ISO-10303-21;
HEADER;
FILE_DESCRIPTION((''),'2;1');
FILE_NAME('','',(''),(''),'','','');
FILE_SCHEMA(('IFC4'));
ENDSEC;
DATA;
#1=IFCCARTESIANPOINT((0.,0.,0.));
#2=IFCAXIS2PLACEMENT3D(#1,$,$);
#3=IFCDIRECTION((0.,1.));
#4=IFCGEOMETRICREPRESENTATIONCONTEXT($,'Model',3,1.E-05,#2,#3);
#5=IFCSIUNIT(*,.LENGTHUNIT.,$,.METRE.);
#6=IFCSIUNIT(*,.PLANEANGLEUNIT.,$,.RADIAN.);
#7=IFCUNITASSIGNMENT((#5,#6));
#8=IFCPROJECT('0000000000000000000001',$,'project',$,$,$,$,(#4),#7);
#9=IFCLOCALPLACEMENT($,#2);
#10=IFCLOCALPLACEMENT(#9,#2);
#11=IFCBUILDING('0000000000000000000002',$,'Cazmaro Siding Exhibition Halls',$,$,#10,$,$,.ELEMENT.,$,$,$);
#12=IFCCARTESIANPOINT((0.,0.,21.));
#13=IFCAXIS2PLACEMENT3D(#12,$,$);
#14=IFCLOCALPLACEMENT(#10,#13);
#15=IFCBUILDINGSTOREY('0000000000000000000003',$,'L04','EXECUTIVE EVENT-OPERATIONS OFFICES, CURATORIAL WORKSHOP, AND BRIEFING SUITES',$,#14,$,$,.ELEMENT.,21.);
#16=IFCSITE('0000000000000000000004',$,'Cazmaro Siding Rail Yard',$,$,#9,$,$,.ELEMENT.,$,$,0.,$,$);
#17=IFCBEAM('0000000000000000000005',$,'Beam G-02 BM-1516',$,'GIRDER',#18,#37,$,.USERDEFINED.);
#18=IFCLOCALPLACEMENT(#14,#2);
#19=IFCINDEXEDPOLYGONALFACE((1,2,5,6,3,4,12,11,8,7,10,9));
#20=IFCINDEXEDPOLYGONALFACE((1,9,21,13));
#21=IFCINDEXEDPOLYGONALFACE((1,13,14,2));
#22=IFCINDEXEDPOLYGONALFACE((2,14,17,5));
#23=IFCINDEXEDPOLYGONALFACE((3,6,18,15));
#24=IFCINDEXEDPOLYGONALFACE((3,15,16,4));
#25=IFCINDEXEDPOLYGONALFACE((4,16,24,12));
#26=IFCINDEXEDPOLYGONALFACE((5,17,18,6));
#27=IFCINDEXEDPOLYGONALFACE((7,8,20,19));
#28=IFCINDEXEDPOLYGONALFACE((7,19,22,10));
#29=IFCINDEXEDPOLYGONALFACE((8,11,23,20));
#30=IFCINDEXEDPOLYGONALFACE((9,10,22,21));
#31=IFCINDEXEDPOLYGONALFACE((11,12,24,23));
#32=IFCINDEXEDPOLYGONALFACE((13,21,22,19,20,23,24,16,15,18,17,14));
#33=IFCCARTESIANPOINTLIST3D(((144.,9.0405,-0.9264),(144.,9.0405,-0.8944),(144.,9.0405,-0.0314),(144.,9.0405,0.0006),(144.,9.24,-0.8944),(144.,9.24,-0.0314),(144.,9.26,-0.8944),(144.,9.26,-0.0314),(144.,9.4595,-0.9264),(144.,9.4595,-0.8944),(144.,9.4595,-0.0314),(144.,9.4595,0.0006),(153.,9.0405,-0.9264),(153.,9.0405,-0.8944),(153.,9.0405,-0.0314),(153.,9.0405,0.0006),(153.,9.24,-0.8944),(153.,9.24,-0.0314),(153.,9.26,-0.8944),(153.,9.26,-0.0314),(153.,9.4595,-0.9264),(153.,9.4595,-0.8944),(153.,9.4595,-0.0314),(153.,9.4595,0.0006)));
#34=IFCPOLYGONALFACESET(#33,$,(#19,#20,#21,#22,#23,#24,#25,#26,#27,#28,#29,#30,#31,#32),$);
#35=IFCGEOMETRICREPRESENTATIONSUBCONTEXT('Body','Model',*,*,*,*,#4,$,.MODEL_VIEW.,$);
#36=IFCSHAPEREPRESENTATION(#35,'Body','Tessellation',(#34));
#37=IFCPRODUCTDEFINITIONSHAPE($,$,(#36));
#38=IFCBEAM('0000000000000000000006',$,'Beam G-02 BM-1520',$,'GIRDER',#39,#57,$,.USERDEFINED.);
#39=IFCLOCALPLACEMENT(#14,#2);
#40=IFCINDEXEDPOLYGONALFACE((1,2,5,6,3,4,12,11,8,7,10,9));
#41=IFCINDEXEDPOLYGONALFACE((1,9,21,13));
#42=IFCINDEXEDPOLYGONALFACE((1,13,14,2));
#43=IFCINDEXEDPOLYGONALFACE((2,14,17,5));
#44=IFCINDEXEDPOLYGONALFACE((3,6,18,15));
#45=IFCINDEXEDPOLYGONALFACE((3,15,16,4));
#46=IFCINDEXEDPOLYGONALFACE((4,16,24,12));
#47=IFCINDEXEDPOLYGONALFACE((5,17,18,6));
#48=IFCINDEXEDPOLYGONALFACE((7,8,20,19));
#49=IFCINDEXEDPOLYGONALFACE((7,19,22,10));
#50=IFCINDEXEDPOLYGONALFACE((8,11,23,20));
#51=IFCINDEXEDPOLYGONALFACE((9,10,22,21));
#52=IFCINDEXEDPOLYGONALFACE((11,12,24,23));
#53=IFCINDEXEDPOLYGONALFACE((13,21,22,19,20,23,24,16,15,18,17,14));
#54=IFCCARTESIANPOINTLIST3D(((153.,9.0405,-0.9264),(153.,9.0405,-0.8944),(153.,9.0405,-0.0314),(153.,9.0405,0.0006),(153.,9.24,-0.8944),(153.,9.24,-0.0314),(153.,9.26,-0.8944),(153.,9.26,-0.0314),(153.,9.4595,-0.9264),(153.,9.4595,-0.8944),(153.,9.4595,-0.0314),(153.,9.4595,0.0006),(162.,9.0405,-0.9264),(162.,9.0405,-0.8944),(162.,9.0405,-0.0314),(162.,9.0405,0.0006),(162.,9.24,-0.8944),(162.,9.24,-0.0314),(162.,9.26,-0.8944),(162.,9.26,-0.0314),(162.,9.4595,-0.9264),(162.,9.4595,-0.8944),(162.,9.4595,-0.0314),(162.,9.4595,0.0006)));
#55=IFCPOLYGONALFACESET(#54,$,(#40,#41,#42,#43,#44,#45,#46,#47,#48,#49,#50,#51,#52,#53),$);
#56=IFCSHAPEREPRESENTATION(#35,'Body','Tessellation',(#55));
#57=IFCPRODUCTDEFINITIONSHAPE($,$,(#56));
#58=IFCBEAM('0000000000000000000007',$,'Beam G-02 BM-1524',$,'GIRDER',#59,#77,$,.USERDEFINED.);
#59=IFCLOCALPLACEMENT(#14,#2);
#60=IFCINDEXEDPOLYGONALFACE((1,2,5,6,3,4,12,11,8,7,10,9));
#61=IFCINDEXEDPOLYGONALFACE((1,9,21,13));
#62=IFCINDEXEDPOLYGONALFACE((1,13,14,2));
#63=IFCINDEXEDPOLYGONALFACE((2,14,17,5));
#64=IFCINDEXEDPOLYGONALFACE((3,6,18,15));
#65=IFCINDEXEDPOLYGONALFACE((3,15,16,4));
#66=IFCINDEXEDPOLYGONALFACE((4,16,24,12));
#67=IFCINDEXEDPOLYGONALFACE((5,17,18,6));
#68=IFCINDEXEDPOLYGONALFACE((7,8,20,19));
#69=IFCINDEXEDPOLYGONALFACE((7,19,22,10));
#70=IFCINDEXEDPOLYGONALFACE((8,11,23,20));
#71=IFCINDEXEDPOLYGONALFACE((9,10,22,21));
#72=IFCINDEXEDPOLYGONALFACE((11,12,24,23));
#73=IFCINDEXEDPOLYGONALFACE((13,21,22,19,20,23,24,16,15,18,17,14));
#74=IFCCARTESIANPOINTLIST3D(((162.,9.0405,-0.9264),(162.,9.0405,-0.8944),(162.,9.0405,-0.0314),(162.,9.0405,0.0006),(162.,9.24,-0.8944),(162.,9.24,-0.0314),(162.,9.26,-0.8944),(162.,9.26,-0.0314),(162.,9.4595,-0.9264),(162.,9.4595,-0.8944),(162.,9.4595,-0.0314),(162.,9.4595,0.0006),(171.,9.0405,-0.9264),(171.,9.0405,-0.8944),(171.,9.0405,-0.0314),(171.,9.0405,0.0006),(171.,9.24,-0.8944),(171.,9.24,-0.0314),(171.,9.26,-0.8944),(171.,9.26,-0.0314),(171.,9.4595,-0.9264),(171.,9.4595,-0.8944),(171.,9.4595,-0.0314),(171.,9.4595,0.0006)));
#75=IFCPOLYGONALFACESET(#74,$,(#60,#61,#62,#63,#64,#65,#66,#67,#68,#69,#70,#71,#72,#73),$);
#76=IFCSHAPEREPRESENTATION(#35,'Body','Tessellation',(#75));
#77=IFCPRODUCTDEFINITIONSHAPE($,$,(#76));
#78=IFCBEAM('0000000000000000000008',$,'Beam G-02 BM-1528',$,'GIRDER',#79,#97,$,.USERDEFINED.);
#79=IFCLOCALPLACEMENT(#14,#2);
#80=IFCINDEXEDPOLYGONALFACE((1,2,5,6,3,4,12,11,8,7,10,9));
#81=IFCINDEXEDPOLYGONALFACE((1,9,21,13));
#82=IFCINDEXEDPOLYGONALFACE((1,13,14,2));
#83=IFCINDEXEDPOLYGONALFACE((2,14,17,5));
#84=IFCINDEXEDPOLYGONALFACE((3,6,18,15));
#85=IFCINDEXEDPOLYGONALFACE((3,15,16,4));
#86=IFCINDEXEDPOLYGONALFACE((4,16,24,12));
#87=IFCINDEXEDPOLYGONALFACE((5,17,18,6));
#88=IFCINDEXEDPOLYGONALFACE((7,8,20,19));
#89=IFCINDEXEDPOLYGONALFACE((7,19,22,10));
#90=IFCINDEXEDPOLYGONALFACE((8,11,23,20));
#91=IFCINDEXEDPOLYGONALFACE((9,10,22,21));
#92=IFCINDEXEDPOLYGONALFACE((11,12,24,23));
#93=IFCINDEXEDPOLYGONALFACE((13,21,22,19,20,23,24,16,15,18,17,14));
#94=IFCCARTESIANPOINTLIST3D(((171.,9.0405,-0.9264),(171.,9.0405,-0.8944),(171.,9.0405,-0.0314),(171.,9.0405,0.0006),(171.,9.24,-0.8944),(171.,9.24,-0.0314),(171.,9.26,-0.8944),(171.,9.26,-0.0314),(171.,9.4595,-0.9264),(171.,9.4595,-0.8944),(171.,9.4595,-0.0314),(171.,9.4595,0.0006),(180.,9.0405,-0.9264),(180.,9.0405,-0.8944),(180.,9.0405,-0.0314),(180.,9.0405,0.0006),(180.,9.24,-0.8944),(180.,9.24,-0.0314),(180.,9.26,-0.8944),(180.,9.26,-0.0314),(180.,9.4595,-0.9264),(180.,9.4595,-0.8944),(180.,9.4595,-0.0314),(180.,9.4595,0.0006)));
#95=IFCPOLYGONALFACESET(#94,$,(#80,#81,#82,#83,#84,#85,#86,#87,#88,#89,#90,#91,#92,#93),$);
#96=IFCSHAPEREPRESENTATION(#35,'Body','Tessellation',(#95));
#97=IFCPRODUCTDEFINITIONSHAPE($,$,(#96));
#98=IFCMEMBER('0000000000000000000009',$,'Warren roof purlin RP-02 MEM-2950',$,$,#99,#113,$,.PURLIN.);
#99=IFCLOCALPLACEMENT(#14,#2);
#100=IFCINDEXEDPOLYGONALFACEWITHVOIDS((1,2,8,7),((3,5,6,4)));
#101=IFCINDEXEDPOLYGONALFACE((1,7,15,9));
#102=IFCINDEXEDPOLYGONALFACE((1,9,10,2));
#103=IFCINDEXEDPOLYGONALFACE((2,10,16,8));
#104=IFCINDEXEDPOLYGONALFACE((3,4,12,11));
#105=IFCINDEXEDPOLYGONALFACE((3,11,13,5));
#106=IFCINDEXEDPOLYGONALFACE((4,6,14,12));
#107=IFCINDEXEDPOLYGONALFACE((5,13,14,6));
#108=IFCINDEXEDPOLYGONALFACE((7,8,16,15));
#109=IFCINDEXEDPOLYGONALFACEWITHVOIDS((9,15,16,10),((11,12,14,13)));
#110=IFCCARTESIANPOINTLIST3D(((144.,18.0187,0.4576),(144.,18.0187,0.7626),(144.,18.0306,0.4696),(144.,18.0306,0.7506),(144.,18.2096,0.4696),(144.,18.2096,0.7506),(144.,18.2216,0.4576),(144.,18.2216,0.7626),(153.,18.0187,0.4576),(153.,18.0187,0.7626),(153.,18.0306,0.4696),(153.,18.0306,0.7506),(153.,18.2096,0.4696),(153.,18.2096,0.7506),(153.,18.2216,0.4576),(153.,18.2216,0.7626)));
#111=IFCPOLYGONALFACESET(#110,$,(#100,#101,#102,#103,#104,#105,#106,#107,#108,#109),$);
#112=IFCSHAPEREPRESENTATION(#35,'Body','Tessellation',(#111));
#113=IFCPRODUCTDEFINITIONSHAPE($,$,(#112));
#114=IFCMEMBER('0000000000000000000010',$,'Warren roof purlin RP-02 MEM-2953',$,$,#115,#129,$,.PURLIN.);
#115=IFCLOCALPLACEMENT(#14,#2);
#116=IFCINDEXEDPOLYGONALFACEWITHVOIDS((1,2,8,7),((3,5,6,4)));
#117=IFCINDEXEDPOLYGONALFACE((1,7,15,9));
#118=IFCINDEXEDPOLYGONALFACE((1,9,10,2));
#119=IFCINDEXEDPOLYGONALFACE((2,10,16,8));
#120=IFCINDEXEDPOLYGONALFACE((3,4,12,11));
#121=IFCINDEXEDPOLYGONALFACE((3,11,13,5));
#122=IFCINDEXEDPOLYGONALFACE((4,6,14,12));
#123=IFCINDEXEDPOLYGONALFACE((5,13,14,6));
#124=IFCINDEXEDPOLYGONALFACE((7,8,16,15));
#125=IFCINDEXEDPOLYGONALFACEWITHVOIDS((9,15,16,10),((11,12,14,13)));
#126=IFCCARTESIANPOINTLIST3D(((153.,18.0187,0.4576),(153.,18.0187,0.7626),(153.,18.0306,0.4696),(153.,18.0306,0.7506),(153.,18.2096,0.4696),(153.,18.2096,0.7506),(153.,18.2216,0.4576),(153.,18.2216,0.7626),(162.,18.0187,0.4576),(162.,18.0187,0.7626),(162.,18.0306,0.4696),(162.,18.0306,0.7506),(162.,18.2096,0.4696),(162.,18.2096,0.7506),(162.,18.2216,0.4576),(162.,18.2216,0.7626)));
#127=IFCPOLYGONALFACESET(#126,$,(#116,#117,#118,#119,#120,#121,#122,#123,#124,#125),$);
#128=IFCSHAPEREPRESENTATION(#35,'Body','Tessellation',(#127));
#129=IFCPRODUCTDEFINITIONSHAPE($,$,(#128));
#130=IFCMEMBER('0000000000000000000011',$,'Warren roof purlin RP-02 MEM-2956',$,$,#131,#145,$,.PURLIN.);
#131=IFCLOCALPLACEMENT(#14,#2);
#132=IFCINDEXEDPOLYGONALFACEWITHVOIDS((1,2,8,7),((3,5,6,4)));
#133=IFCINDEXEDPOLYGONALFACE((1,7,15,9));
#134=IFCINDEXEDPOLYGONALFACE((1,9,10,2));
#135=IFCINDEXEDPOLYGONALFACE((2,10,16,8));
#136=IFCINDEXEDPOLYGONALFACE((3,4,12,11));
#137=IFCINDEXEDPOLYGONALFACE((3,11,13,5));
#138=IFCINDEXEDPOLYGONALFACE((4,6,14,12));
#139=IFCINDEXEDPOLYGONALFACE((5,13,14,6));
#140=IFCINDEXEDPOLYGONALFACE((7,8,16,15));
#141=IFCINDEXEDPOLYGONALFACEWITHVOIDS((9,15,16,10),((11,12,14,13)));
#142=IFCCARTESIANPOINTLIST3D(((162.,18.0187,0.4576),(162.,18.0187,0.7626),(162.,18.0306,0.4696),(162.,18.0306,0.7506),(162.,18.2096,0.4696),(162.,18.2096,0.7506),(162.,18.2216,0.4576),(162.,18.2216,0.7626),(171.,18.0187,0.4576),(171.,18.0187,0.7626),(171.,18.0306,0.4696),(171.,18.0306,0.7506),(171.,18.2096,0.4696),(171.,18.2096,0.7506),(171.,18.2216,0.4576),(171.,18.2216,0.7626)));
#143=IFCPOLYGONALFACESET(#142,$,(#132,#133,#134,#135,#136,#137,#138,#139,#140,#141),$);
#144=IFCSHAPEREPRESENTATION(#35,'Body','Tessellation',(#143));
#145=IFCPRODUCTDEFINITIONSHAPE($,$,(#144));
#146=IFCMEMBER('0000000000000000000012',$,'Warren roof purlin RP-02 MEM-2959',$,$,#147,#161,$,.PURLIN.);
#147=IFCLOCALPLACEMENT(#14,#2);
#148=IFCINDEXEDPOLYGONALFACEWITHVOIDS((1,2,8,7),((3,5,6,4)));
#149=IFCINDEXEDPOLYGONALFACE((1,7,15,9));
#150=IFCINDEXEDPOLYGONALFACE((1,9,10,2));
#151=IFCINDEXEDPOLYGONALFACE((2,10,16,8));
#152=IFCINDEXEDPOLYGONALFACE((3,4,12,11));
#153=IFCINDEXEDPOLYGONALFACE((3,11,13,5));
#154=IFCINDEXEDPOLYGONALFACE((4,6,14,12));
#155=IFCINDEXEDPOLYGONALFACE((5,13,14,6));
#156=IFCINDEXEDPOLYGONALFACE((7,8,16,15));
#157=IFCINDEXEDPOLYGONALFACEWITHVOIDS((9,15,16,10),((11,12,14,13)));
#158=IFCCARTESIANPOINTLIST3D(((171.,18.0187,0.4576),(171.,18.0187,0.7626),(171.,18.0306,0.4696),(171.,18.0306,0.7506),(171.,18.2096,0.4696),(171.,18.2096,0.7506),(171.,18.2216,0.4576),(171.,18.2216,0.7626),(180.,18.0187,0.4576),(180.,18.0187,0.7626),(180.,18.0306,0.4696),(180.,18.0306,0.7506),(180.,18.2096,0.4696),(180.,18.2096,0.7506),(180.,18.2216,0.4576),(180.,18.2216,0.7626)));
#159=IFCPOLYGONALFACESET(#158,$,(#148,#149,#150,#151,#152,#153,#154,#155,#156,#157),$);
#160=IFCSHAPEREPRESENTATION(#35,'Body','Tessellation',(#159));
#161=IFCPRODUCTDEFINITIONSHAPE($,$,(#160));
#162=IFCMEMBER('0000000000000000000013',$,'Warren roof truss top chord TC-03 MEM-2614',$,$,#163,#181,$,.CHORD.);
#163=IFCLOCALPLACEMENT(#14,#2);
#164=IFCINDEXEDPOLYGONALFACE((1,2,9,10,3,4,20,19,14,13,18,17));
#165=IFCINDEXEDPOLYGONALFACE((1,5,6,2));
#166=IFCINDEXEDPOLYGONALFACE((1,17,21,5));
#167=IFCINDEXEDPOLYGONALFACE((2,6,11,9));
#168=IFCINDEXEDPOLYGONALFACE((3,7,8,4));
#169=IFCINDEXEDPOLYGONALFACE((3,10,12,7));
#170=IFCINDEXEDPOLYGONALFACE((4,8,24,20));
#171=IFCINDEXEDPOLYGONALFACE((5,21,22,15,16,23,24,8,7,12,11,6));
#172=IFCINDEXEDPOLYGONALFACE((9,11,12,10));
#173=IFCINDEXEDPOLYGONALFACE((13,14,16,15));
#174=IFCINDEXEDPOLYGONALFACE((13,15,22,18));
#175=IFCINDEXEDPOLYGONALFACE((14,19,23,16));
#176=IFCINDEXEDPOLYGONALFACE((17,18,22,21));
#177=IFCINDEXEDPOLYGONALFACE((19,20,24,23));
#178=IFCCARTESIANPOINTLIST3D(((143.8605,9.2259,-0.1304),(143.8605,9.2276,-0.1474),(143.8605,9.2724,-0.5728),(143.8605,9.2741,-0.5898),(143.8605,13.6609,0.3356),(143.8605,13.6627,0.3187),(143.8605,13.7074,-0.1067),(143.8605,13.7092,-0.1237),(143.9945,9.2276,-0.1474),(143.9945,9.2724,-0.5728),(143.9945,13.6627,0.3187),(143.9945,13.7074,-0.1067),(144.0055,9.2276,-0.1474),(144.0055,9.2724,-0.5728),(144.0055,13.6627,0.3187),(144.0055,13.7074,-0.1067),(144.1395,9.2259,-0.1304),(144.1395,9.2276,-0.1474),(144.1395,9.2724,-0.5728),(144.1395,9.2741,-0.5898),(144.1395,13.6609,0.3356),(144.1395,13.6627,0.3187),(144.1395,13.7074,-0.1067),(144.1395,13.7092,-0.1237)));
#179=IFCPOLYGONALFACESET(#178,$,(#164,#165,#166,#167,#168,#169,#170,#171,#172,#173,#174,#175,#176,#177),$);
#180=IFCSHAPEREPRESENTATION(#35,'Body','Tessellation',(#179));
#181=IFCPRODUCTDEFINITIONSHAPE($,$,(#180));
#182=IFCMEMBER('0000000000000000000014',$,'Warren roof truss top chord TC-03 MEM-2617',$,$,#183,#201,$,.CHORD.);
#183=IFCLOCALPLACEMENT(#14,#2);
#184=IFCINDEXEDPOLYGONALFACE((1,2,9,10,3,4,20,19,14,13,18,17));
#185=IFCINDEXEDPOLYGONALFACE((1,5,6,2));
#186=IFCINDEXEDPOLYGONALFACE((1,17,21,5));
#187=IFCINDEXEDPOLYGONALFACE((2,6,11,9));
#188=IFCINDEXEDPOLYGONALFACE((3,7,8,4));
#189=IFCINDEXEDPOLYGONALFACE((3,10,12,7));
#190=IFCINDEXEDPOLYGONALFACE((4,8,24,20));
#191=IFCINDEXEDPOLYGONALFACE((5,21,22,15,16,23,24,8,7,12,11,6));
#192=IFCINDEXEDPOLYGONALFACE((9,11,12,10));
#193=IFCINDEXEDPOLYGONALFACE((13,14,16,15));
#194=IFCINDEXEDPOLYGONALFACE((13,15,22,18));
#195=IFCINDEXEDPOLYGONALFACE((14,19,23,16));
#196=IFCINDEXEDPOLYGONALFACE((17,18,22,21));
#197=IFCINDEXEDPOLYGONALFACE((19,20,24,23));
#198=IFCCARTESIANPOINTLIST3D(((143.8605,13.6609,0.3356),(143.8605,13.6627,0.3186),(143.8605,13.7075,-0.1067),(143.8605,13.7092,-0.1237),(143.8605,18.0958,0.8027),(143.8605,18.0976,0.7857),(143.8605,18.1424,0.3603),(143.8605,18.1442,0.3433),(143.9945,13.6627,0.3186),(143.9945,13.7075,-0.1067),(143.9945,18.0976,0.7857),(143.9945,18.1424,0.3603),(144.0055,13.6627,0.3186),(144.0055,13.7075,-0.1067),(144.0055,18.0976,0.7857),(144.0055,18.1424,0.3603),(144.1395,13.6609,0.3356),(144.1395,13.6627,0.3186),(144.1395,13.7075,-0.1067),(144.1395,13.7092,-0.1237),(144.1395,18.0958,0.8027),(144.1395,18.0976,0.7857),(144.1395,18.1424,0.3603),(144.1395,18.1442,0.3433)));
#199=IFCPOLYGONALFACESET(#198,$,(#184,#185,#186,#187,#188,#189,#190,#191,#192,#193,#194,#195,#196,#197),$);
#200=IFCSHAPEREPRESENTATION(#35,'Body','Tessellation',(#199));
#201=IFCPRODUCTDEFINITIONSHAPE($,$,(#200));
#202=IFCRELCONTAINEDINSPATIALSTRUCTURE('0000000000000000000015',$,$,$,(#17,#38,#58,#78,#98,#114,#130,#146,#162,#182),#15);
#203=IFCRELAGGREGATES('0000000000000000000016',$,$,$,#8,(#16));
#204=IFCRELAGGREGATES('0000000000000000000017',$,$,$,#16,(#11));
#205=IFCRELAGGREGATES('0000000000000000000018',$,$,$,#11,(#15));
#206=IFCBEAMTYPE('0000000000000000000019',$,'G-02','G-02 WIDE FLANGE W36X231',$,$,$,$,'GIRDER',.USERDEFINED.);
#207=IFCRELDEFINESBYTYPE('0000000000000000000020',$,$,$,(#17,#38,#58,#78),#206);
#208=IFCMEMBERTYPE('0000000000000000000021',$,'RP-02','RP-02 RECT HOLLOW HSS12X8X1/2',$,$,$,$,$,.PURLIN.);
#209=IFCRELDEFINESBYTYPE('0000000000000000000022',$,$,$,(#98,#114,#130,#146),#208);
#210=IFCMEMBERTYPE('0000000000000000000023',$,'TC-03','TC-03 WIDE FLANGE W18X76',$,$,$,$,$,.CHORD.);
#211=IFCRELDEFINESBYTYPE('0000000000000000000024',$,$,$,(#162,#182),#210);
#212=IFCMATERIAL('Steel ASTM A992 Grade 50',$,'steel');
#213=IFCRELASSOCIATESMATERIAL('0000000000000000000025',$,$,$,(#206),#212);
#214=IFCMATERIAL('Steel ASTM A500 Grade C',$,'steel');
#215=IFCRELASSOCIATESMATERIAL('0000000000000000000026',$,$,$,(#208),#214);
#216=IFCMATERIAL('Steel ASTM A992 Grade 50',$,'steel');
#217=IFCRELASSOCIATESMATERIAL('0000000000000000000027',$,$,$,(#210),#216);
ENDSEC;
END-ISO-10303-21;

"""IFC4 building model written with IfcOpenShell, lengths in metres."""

from ifc_helpers import new_model, si_unit, direction, frame, origin, origin_2d, place, context, subcontext, project, spatial, hollow_rectangle, i_section, extrude, material, material_profile, profile_set, type_object, element, save


model = new_model("IFC4")

# Units and contexts
model_context = context("Model", 3, precision=1e-05, world=origin(), true_north=direction((0.0, 1.0)))
body_context = subcontext(model_context, "Body", "Model", "MODEL_VIEW")
ifc_project = project(units=[si_unit("LENGTHUNIT", "METRE"), si_unit("PLANEANGLEUNIT", "RADIAN")], contexts=[model_context])

# Site, building, storey
site_placement = place(None, origin())
site = spatial("IfcSite", under=ifc_project, at=site_placement, Name="Cazmaro Siding Rail Yard", CompositionType="ELEMENT", RefElevation=0.0)
building_placement = place(site_placement, origin())
building = spatial("IfcBuilding", under=site, at=building_placement, Name="Cazmaro Siding Exhibition Halls", CompositionType="ELEMENT")
storey_placement = place(building_placement, frame((0.0, 0.0, 21.0)))
storey = spatial("IfcBuildingStorey", under=building, at=storey_placement, Name="L04", Description="EXECUTIVE EVENT-OPERATIONS OFFICES, CURATORIAL WORKSHOP, AND BRIEFING SUITES", CompositionType="ELEMENT", Elevation=21.0)

# Beams
ifc_material_1 = material(Name="Steel ASTM A992 Grade 50", Category="steel")
ifc_material_profile_1 = material_profile(ifc_material_1, i_section(OverallWidth=0.4189, OverallDepth=0.927, WebThickness=0.02, FlangeThickness=0.032, at=origin_2d()), Name="W36X231")
ifc_profile_set_1 = profile_set([ifc_material_profile_1], Name="Steel ASTM A992 Grade 50")
beam_type = type_object("IfcBeamType", Name="G-02", Description="G-02 WIDE FLANGE W36X231", ElementType="GIRDER", PredefinedType="USERDEFINED", material=ifc_profile_set_1)
for number, where, z_axis, x_axis, name in (
    (1, (144.0, 9.25, -0.4629), (1.0, 0.0, 0.0), (0.0, 1.0, 0.0), "Beam G-02 BM-1516"),
    (2, (153.0, 9.25, -0.4629), (1.0, 0.0, 0.0), (0.0, 1.0, 0.0), "Beam G-02 BM-1520"),
    (3, (162.0, 9.25, -0.4629), (1.0, 0.0, 0.0), (0.0, 1.0, 0.0), "Beam G-02 BM-1524"),
    (4, (171.0, 9.25, -0.4629), (1.0, 0.0, 0.0), (0.0, 1.0, 0.0), "Beam G-02 BM-1528"),
):
    element("IfcBeam", number, at=place(storey_placement, frame(where, z_axis=z_axis, x_axis=x_axis)), inside=storey, type_object=beam_type, Name=name, ObjectType="GIRDER", PredefinedType="USERDEFINED", context=body_context, shape_type="SweptSolid", body=[
        extrude(i_section(OverallWidth=0.4189, OverallDepth=0.927, WebThickness=0.02, FlangeThickness=0.032, at=origin_2d()), origin(), (0.0, 0.0, 1.0), 9.0),
    ])

# Members
ifc_material_2 = material(Name="Steel ASTM A500 Grade C", Category="steel")
ifc_material_profile_2 = material_profile(ifc_material_2, hollow_rectangle(XDim=0.2029, YDim=0.3049, WallThickness=0.012, at=origin_2d()), Name="HSS12X8X1/2")
ifc_profile_set_2 = profile_set([ifc_material_profile_2], Name="Steel ASTM A500 Grade C")
member_type_1 = type_object("IfcMemberType", Name="RP-02", Description="RP-02 RECT HOLLOW HSS12X8X1/2", PredefinedType="PURLIN", material=ifc_profile_set_2)
for number, where, z_axis, x_axis, name in (
    (5, (144.0, 18.1201, 0.6101), (1.0, 0.0, 0.0), (0.0, 1.0, 0.0), "Warren roof purlin RP-02 MEM-2950"),
    (6, (153.0, 18.1201, 0.6101), (1.0, 0.0, 0.0), (0.0, 1.0, 0.0), "Warren roof purlin RP-02 MEM-2953"),
    (7, (162.0, 18.1201, 0.6101), (1.0, 0.0, 0.0), (0.0, 1.0, 0.0), "Warren roof purlin RP-02 MEM-2956"),
    (8, (171.0, 18.1201, 0.6101), (1.0, 0.0, 0.0), (0.0, 1.0, 0.0), "Warren roof purlin RP-02 MEM-2959"),
):
    element("IfcMember", number, at=place(storey_placement, frame(where, z_axis=z_axis, x_axis=x_axis)), inside=storey, type_object=member_type_1, Name=name, PredefinedType="PURLIN", context=body_context, shape_type="SweptSolid", body=[
        extrude(hollow_rectangle(XDim=0.2029, YDim=0.3049, WallThickness=0.012, at=origin_2d()), origin(), (0.0, 0.0, 1.0), 9.0),
    ])
ifc_material_3 = material(Name="Steel ASTM A992 Grade 50", Category="steel")
ifc_material_profile_3 = material_profile(ifc_material_3, i_section(OverallWidth=0.2791, OverallDepth=0.4619, WebThickness=0.011, FlangeThickness=0.0171, at=origin_2d()), Name="W18X76")
ifc_profile_set_3 = profile_set([ifc_material_profile_3], Name="Steel ASTM A992 Grade 50")
member_type_2 = type_object("IfcMemberType", Name="TC-03", Description="TC-03 WIDE FLANGE W18X76", PredefinedType="CHORD", material=ifc_profile_set_3)
for number, where, z_axis, x_axis, name in (
    (9, (144.0, 9.25, -0.3601), (0.0, 0.994524, 0.104511), (-1.0, 0.0, 0.0), "Warren roof truss top chord TC-03 MEM-2614"),
    (10, (144.0, 13.6851, 0.106), (0.0, 0.994501, 0.104728), (-1.0, 0.0, 0.0), "Warren roof truss top chord TC-03 MEM-2617"),
):
    element("IfcMember", number, at=place(storey_placement, frame(where, z_axis=z_axis, x_axis=x_axis)), inside=storey, type_object=member_type_2, Name=name, PredefinedType="CHORD", context=body_context, shape_type="SweptSolid", body=[
        extrude(i_section(OverallWidth=0.2791, OverallDepth=0.4619, WebThickness=0.011, FlangeThickness=0.0171, at=origin_2d()), origin(), (0.0, 0.0, 1.0), 4.4595),
    ])

save(model, "model.ifc")
